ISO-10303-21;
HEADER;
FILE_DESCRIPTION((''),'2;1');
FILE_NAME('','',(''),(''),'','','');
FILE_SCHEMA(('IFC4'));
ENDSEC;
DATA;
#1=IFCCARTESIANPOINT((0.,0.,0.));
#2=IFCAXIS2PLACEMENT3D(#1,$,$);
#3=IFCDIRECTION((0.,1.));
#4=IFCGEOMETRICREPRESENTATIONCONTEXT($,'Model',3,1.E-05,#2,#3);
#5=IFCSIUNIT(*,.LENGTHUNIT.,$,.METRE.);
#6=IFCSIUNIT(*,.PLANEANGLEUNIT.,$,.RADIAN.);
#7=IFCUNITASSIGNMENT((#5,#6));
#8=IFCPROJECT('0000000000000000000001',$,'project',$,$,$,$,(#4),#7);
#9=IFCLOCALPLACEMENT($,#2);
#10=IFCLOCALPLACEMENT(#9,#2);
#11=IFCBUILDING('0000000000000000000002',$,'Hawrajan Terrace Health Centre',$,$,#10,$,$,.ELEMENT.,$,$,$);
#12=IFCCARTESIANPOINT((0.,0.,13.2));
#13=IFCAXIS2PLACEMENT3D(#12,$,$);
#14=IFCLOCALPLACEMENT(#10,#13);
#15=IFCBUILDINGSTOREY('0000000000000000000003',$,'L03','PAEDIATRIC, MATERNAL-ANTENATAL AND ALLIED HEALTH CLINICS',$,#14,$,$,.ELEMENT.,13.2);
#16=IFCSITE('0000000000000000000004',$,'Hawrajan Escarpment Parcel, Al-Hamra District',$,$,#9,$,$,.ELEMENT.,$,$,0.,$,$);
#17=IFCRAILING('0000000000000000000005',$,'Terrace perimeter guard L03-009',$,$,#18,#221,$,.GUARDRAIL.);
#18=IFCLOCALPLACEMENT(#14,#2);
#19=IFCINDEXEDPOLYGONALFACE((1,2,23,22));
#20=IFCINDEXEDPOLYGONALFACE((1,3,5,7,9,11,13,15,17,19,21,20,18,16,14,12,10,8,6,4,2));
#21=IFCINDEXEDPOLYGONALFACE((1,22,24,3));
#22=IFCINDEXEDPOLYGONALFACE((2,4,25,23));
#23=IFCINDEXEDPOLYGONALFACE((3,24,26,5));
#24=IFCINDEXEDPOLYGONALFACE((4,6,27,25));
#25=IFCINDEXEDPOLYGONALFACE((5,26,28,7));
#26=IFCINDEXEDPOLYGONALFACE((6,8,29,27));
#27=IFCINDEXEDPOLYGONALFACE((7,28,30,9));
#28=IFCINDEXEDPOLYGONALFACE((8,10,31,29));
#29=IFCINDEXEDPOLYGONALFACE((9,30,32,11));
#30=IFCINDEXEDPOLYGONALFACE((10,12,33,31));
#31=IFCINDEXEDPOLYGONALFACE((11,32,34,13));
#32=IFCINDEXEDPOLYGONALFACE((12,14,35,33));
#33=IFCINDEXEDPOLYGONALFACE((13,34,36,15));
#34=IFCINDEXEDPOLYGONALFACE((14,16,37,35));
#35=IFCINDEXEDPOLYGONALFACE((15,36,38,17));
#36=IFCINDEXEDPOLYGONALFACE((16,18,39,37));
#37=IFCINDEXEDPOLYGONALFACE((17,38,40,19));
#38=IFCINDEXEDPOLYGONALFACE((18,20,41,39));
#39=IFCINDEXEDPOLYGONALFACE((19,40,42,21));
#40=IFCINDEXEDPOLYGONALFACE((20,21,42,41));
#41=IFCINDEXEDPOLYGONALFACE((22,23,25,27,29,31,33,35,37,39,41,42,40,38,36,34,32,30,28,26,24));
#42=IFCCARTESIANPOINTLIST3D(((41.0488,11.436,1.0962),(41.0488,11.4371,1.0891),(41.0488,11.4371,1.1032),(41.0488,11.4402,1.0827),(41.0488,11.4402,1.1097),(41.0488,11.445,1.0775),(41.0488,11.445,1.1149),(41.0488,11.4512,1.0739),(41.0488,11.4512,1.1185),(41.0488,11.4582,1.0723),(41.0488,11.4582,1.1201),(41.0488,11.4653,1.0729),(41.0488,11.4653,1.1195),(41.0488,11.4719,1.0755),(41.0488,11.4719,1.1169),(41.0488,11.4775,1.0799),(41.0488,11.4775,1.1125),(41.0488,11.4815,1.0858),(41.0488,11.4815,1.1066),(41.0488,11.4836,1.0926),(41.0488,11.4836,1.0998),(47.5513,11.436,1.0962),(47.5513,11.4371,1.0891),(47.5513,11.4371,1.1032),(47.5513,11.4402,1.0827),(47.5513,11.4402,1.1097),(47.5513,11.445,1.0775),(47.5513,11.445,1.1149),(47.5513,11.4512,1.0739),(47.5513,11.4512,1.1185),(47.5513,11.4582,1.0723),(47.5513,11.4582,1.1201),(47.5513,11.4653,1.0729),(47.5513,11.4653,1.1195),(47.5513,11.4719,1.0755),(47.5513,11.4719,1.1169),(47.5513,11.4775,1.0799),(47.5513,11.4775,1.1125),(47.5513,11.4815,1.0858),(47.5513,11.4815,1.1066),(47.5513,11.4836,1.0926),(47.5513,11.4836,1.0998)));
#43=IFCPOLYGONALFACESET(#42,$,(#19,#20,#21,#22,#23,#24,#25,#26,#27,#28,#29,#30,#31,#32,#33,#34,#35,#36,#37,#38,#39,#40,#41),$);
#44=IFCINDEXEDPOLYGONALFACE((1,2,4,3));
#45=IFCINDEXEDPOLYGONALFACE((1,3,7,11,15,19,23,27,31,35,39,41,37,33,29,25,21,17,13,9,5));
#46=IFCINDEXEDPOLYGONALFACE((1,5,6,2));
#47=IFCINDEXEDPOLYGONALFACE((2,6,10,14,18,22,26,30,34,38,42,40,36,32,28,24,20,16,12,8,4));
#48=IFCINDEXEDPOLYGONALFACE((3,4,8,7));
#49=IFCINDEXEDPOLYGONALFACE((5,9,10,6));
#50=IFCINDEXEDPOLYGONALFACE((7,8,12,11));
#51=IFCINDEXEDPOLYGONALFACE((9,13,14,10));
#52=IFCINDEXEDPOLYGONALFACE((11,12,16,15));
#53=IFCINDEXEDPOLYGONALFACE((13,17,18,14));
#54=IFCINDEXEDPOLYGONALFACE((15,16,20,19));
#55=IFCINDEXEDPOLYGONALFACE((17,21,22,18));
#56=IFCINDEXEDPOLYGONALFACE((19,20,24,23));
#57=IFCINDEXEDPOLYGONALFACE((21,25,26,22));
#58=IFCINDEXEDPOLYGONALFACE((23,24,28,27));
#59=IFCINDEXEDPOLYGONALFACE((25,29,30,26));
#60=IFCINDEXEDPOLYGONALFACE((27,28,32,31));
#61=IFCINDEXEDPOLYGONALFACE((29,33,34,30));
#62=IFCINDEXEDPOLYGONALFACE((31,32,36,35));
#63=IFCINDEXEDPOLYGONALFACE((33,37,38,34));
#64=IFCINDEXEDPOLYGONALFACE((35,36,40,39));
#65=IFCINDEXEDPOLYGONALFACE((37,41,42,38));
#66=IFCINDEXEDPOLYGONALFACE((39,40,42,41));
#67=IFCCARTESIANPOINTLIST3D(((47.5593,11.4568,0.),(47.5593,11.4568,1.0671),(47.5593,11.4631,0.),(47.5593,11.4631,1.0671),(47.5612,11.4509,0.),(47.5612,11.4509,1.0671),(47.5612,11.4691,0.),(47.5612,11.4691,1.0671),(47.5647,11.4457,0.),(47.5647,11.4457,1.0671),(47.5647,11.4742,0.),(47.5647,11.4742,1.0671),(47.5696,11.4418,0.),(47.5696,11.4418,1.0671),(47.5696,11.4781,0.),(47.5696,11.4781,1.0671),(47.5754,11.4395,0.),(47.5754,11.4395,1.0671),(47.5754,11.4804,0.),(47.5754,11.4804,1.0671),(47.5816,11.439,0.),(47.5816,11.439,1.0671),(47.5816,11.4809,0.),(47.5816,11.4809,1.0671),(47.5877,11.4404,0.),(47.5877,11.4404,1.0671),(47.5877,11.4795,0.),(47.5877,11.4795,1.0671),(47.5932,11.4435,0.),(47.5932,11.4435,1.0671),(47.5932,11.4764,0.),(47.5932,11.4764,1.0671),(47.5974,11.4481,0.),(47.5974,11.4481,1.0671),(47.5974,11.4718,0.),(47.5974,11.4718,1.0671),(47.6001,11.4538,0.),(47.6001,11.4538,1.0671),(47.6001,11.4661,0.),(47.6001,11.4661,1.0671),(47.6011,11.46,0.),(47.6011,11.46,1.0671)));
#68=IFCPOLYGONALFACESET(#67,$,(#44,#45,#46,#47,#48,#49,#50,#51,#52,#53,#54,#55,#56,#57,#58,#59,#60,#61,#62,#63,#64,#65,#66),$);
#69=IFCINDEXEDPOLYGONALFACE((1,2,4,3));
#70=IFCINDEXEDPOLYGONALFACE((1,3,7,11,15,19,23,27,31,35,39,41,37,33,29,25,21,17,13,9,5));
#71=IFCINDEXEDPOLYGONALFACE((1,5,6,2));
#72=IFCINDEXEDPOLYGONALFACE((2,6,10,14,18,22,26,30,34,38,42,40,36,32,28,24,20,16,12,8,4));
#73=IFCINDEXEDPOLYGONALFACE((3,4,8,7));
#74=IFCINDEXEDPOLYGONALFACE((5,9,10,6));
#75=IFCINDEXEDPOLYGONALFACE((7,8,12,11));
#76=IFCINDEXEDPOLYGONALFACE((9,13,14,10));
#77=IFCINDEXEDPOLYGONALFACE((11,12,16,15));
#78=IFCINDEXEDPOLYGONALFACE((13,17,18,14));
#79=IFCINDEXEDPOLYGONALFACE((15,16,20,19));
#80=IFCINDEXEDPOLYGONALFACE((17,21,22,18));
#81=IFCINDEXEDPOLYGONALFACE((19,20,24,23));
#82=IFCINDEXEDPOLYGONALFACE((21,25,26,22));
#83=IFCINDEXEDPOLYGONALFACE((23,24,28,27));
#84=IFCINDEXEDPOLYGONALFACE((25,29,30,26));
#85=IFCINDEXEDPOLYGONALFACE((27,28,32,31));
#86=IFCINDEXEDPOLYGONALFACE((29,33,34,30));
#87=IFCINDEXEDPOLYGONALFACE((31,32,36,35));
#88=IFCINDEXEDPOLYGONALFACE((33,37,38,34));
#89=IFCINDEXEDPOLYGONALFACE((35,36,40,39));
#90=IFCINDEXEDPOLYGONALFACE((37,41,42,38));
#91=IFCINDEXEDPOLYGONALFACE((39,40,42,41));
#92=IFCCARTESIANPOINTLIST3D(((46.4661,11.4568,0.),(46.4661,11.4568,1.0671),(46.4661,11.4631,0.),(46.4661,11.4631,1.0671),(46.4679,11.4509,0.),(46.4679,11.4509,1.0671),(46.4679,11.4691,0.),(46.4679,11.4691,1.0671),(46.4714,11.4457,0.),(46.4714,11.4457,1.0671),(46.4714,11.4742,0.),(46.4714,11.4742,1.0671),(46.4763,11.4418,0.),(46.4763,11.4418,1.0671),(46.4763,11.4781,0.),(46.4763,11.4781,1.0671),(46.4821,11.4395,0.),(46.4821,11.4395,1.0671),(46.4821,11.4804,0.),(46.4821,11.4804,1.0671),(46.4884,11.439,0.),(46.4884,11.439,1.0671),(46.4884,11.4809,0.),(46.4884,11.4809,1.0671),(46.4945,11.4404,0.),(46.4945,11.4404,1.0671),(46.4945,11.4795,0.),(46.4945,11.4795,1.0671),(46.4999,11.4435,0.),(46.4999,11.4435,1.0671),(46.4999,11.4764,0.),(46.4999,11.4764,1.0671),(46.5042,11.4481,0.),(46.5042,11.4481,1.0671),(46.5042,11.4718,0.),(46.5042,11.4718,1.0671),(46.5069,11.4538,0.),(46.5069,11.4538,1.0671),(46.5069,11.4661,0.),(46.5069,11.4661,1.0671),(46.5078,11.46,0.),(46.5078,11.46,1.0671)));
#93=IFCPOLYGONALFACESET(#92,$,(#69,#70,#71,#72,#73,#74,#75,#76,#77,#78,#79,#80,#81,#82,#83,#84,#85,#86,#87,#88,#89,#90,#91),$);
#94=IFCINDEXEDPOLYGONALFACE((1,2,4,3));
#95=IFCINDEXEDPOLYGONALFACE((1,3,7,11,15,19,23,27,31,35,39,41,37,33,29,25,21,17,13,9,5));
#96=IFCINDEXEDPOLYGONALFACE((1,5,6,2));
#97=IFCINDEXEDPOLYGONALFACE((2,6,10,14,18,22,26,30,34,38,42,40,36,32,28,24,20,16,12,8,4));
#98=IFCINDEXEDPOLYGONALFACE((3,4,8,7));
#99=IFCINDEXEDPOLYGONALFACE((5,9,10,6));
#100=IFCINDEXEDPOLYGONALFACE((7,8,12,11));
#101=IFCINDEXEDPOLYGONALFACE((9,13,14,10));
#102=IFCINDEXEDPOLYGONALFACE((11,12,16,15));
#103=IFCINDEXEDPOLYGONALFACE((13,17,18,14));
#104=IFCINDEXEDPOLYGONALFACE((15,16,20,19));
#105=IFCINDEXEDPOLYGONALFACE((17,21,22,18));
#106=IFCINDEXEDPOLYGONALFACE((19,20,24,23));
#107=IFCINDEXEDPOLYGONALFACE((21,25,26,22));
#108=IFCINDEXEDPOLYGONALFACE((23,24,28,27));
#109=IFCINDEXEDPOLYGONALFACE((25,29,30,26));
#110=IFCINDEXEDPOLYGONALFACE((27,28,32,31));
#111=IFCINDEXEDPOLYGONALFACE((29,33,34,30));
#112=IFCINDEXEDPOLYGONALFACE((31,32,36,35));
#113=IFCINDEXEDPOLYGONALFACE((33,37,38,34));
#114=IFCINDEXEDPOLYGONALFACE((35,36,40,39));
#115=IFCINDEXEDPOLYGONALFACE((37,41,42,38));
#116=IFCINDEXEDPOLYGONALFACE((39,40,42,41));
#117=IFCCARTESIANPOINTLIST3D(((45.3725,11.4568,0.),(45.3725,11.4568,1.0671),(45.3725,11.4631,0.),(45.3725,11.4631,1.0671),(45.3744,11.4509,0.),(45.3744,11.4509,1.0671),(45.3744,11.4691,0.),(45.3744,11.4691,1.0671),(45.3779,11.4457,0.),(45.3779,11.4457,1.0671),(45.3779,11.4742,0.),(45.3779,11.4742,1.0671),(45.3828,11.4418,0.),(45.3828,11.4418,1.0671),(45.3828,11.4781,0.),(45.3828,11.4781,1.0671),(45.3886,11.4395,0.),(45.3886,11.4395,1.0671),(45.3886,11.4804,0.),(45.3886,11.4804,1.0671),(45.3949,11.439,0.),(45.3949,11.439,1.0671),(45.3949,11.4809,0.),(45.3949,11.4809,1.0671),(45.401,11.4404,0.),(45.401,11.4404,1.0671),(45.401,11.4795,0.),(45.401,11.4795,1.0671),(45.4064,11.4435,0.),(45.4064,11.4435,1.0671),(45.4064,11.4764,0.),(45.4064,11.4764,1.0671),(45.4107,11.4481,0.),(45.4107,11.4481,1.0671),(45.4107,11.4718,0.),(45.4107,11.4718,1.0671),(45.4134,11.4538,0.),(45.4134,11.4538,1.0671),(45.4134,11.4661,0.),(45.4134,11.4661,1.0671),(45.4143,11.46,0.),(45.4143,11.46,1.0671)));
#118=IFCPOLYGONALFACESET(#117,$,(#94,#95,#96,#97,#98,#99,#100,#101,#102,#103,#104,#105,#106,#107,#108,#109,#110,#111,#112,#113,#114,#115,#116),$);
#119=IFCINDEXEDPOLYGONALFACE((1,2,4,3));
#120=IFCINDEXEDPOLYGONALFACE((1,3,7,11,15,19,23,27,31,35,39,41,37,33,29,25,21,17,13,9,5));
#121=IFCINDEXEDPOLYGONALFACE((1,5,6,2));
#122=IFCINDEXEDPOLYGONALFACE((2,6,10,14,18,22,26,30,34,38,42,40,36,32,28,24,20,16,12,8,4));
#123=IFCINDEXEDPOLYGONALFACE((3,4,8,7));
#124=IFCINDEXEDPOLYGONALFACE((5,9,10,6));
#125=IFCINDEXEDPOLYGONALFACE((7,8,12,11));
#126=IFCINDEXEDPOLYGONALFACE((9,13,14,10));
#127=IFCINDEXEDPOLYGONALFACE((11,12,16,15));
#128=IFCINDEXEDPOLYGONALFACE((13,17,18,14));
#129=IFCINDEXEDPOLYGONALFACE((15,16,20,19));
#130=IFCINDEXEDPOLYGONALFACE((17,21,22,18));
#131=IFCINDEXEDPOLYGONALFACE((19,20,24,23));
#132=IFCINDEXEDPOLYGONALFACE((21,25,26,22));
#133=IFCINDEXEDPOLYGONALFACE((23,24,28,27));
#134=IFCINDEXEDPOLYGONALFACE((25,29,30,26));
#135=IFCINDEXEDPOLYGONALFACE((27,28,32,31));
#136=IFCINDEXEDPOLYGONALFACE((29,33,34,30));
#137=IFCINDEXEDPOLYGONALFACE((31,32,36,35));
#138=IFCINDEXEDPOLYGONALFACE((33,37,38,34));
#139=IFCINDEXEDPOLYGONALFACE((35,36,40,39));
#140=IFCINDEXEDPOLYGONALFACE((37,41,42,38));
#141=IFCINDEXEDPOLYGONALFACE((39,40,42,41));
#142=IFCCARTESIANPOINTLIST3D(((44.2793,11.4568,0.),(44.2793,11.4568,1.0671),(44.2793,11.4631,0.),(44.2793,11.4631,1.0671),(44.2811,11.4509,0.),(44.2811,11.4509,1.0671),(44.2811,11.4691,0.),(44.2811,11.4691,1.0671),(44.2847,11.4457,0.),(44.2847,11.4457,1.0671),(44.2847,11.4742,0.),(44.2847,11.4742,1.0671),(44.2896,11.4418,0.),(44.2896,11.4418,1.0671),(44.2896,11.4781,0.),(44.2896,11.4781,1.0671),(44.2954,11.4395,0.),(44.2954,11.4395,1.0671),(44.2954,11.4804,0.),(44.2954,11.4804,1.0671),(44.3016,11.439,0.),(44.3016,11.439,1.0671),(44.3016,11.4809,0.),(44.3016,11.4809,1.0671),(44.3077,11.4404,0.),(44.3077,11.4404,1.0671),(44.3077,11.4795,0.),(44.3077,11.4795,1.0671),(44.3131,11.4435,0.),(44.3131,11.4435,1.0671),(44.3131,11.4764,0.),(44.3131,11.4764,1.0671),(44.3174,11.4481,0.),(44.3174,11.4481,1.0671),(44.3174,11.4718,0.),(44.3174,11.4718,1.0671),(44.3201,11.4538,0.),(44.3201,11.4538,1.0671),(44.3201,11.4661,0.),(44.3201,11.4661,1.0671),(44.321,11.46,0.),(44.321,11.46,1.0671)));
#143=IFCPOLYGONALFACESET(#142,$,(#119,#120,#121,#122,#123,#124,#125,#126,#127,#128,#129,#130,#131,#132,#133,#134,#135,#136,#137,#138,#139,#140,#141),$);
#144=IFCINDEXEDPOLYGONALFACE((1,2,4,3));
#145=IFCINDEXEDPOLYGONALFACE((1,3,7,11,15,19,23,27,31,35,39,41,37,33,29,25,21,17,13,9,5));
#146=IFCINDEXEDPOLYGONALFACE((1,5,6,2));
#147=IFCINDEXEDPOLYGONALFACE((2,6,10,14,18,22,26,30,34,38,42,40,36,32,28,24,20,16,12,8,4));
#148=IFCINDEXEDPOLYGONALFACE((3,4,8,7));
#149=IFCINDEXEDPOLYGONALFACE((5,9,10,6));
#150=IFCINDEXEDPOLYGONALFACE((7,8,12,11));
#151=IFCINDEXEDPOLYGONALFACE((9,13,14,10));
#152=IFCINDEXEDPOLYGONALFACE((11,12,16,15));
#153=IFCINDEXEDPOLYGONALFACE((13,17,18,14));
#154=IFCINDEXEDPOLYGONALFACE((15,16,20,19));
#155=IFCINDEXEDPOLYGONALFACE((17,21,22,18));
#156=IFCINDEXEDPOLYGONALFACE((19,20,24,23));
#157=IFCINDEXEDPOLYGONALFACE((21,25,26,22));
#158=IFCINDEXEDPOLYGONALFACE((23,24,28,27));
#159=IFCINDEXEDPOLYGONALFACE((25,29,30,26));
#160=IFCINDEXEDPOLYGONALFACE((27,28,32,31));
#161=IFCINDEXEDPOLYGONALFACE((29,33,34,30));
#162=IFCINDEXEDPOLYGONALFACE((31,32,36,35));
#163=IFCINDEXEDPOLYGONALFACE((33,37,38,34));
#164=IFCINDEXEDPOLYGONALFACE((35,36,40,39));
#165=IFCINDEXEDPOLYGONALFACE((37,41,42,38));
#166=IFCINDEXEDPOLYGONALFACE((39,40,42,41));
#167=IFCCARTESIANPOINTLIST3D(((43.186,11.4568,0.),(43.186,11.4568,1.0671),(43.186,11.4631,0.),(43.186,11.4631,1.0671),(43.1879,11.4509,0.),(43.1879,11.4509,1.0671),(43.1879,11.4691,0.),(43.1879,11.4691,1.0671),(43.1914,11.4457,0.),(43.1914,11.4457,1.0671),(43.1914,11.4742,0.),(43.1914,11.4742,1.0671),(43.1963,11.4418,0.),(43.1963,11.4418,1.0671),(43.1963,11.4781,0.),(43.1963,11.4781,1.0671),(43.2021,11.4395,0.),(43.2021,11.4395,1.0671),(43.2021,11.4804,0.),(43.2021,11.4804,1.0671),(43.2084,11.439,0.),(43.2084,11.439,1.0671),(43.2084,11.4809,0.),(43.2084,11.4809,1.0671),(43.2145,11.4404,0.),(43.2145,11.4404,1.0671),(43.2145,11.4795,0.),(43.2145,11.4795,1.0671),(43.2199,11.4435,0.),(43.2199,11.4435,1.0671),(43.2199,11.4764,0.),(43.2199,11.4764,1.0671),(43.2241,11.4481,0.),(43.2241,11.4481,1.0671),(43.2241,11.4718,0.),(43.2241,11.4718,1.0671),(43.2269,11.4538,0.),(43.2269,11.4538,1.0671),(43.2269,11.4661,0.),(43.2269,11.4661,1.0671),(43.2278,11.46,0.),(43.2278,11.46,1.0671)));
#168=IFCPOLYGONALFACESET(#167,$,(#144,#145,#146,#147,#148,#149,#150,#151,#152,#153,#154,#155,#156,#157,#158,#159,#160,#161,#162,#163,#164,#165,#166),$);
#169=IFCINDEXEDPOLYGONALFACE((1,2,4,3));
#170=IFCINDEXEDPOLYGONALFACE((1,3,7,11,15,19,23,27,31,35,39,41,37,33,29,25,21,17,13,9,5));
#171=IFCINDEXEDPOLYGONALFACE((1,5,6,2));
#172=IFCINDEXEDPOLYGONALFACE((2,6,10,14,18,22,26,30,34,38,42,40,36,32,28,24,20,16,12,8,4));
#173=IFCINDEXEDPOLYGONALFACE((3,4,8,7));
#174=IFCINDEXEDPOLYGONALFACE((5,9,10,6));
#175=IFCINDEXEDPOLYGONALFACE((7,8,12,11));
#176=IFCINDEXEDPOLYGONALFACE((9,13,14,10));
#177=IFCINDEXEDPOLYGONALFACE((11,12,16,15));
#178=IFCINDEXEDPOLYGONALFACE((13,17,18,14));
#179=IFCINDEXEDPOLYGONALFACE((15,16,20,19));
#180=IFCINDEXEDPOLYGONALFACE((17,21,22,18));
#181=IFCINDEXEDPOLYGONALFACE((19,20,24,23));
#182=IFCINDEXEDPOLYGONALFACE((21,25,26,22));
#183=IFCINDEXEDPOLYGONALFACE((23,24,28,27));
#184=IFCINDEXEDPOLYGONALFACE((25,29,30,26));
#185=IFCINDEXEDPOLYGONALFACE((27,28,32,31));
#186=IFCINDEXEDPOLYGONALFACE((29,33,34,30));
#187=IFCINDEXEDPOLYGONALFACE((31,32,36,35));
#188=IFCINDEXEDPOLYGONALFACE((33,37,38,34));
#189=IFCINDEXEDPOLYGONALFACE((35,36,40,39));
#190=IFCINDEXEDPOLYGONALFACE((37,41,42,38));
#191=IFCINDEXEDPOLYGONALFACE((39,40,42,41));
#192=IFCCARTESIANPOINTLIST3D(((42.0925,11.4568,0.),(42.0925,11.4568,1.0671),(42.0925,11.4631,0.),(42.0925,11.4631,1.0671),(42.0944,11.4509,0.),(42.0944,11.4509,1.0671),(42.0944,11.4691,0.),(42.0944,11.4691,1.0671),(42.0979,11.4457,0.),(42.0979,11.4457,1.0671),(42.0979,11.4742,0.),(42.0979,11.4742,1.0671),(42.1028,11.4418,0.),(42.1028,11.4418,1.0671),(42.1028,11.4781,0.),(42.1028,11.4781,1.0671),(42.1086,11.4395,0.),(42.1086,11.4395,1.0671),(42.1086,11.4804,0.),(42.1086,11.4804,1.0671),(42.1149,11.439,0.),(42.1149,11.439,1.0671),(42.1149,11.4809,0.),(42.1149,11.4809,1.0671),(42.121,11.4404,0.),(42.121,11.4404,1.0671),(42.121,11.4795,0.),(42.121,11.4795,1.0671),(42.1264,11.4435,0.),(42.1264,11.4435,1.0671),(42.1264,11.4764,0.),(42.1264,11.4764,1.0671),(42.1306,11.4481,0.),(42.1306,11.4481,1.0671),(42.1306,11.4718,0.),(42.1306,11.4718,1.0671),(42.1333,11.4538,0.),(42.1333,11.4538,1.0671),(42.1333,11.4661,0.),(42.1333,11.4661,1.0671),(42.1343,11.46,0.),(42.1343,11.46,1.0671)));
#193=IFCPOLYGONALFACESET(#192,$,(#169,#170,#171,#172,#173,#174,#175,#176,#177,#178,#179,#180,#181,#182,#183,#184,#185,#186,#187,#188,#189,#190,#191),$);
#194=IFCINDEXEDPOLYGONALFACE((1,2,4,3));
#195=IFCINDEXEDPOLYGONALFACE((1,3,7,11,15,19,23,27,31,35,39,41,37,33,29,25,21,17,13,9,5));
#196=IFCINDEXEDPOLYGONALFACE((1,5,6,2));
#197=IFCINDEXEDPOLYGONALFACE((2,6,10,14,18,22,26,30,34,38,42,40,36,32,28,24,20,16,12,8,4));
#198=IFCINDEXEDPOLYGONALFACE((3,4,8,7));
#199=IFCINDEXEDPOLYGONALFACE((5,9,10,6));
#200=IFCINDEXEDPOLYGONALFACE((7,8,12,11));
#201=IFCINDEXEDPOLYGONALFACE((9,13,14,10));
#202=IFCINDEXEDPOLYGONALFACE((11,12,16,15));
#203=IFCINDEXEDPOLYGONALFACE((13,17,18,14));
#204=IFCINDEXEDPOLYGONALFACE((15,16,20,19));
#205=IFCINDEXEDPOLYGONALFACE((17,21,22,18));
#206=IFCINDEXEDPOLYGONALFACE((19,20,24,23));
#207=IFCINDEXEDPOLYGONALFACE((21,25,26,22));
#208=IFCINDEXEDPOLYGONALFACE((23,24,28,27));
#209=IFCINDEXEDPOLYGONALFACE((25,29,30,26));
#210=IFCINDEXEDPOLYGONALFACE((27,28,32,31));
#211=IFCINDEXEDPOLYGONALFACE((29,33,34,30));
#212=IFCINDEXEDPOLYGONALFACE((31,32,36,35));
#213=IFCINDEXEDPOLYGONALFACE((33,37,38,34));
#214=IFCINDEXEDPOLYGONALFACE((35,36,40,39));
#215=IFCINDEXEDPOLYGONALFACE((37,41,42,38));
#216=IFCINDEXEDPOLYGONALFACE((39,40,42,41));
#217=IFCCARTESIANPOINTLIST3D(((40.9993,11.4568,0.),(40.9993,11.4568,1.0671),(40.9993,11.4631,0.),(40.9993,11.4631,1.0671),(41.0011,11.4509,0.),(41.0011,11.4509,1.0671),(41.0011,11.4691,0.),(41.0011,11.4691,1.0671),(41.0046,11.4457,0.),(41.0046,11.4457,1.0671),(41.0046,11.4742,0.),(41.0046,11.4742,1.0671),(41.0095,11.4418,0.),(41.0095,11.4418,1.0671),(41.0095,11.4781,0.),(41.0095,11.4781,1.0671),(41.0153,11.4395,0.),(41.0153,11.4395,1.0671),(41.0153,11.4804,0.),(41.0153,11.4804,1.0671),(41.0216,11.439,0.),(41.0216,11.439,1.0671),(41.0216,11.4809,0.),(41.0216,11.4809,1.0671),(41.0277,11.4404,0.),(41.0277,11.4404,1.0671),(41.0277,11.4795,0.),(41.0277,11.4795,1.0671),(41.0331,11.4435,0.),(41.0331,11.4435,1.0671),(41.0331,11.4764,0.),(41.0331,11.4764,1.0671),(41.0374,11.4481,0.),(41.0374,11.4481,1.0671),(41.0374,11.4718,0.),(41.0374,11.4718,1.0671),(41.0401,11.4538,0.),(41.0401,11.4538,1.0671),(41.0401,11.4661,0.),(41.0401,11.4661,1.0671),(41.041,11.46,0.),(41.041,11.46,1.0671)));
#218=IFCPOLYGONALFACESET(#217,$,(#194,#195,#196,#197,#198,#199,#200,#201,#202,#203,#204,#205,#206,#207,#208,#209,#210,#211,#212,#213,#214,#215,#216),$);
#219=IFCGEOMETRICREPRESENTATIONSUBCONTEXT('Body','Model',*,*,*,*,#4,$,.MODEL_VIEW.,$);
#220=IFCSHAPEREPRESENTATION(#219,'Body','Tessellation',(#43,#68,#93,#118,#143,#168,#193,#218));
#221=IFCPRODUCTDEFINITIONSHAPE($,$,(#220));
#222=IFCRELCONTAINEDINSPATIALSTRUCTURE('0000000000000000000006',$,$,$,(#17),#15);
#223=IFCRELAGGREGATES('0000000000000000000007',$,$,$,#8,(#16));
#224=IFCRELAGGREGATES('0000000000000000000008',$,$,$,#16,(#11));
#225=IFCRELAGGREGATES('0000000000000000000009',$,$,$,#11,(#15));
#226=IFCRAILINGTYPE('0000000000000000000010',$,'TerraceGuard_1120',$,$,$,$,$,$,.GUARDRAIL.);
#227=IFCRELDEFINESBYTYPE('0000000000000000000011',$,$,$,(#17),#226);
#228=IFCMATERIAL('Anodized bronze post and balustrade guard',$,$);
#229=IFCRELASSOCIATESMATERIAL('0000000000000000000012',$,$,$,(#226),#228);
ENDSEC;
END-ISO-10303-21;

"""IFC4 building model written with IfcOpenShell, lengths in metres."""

from ifc_helpers import new_model, si_unit, direction, frame, origin, origin_2d, place, context, subcontext, project, spatial, circle, extrude, material, type_object, element, save


model = new_model("IFC4")

# Units and contexts
model_context = context("Model", 3, precision=1e-05, world=origin(), true_north=direction((0.0, 1.0)))
body_context = subcontext(model_context, "Body", "Model", "MODEL_VIEW")
ifc_project = project(units=[si_unit("LENGTHUNIT", "METRE"), si_unit("PLANEANGLEUNIT", "RADIAN")], contexts=[model_context])

# Site, building, storey
site_placement = place(None, origin())
site = spatial("IfcSite", under=ifc_project, at=site_placement, Name="Hawrajan Escarpment Parcel, Al-Hamra District", CompositionType="ELEMENT", RefElevation=0.0)
building_placement = place(site_placement, origin())
building = spatial("IfcBuilding", under=site, at=building_placement, Name="Hawrajan Terrace Health Centre", CompositionType="ELEMENT")
storey_placement = place(building_placement, frame((0.0, 0.0, 13.2)))
storey = spatial("IfcBuildingStorey", under=building, at=storey_placement, Name="L03", Description="PAEDIATRIC, MATERNAL-ANTENATAL AND ALLIED HEALTH CLINICS", CompositionType="ELEMENT", Elevation=13.2)

# Railing
ifc_material_1 = material(Name="Anodized bronze post and balustrade guard")
railing_type = type_object("IfcRailingType", Name="TerraceGuard_1120", PredefinedType="GUARDRAIL", material=ifc_material_1)
railing_placement = place(storey_placement, frame((47.5801, 11.46, 0.0)))
element("IfcRailing", 1, at=railing_placement, inside=storey, type_object=railing_type, Name="Terrace perimeter guard L03-009", PredefinedType="GUARDRAIL", context=body_context, shape_type="SweptSolid", body=[
    extrude(circle(Radius=0.0239, at=origin_2d()), frame((-0.0288, 0.0, 1.0962), z_axis=(-1.0, 0.0, 0.0), x_axis=(0.0, -1.0, 0.0)), (0.0, 0.0, 1.0), 6.5024),
    extrude(circle(Radius=0.021, at=origin_2d()), origin(), (0.0, 0.0, 1.0), 1.0671),
    extrude(circle(Radius=0.021, at=origin_2d()), frame((-1.0933, 0.0, 0.0)), (0.0, 0.0, 1.0), 1.0671),
    extrude(circle(Radius=0.021, at=origin_2d()), frame((-2.1868, 0.0, 0.0)), (0.0, 0.0, 1.0), 1.0671),
    extrude(circle(Radius=0.021, at=origin_2d()), frame((-3.28, 0.0, 0.0)), (0.0, 0.0, 1.0), 1.0671),
    extrude(circle(Radius=0.021, at=origin_2d()), frame((-4.3733, 0.0, 0.0)), (0.0, 0.0, 1.0), 1.0671),
    extrude(circle(Radius=0.021, at=origin_2d()), frame((-5.4668, 0.0, 0.0)), (0.0, 0.0, 1.0), 1.0671),
    extrude(circle(Radius=0.021, at=origin_2d()), frame((-6.5601, 0.0, 0.0)), (0.0, 0.0, 1.0), 1.0671),
])

save(model, "model.ifc")
